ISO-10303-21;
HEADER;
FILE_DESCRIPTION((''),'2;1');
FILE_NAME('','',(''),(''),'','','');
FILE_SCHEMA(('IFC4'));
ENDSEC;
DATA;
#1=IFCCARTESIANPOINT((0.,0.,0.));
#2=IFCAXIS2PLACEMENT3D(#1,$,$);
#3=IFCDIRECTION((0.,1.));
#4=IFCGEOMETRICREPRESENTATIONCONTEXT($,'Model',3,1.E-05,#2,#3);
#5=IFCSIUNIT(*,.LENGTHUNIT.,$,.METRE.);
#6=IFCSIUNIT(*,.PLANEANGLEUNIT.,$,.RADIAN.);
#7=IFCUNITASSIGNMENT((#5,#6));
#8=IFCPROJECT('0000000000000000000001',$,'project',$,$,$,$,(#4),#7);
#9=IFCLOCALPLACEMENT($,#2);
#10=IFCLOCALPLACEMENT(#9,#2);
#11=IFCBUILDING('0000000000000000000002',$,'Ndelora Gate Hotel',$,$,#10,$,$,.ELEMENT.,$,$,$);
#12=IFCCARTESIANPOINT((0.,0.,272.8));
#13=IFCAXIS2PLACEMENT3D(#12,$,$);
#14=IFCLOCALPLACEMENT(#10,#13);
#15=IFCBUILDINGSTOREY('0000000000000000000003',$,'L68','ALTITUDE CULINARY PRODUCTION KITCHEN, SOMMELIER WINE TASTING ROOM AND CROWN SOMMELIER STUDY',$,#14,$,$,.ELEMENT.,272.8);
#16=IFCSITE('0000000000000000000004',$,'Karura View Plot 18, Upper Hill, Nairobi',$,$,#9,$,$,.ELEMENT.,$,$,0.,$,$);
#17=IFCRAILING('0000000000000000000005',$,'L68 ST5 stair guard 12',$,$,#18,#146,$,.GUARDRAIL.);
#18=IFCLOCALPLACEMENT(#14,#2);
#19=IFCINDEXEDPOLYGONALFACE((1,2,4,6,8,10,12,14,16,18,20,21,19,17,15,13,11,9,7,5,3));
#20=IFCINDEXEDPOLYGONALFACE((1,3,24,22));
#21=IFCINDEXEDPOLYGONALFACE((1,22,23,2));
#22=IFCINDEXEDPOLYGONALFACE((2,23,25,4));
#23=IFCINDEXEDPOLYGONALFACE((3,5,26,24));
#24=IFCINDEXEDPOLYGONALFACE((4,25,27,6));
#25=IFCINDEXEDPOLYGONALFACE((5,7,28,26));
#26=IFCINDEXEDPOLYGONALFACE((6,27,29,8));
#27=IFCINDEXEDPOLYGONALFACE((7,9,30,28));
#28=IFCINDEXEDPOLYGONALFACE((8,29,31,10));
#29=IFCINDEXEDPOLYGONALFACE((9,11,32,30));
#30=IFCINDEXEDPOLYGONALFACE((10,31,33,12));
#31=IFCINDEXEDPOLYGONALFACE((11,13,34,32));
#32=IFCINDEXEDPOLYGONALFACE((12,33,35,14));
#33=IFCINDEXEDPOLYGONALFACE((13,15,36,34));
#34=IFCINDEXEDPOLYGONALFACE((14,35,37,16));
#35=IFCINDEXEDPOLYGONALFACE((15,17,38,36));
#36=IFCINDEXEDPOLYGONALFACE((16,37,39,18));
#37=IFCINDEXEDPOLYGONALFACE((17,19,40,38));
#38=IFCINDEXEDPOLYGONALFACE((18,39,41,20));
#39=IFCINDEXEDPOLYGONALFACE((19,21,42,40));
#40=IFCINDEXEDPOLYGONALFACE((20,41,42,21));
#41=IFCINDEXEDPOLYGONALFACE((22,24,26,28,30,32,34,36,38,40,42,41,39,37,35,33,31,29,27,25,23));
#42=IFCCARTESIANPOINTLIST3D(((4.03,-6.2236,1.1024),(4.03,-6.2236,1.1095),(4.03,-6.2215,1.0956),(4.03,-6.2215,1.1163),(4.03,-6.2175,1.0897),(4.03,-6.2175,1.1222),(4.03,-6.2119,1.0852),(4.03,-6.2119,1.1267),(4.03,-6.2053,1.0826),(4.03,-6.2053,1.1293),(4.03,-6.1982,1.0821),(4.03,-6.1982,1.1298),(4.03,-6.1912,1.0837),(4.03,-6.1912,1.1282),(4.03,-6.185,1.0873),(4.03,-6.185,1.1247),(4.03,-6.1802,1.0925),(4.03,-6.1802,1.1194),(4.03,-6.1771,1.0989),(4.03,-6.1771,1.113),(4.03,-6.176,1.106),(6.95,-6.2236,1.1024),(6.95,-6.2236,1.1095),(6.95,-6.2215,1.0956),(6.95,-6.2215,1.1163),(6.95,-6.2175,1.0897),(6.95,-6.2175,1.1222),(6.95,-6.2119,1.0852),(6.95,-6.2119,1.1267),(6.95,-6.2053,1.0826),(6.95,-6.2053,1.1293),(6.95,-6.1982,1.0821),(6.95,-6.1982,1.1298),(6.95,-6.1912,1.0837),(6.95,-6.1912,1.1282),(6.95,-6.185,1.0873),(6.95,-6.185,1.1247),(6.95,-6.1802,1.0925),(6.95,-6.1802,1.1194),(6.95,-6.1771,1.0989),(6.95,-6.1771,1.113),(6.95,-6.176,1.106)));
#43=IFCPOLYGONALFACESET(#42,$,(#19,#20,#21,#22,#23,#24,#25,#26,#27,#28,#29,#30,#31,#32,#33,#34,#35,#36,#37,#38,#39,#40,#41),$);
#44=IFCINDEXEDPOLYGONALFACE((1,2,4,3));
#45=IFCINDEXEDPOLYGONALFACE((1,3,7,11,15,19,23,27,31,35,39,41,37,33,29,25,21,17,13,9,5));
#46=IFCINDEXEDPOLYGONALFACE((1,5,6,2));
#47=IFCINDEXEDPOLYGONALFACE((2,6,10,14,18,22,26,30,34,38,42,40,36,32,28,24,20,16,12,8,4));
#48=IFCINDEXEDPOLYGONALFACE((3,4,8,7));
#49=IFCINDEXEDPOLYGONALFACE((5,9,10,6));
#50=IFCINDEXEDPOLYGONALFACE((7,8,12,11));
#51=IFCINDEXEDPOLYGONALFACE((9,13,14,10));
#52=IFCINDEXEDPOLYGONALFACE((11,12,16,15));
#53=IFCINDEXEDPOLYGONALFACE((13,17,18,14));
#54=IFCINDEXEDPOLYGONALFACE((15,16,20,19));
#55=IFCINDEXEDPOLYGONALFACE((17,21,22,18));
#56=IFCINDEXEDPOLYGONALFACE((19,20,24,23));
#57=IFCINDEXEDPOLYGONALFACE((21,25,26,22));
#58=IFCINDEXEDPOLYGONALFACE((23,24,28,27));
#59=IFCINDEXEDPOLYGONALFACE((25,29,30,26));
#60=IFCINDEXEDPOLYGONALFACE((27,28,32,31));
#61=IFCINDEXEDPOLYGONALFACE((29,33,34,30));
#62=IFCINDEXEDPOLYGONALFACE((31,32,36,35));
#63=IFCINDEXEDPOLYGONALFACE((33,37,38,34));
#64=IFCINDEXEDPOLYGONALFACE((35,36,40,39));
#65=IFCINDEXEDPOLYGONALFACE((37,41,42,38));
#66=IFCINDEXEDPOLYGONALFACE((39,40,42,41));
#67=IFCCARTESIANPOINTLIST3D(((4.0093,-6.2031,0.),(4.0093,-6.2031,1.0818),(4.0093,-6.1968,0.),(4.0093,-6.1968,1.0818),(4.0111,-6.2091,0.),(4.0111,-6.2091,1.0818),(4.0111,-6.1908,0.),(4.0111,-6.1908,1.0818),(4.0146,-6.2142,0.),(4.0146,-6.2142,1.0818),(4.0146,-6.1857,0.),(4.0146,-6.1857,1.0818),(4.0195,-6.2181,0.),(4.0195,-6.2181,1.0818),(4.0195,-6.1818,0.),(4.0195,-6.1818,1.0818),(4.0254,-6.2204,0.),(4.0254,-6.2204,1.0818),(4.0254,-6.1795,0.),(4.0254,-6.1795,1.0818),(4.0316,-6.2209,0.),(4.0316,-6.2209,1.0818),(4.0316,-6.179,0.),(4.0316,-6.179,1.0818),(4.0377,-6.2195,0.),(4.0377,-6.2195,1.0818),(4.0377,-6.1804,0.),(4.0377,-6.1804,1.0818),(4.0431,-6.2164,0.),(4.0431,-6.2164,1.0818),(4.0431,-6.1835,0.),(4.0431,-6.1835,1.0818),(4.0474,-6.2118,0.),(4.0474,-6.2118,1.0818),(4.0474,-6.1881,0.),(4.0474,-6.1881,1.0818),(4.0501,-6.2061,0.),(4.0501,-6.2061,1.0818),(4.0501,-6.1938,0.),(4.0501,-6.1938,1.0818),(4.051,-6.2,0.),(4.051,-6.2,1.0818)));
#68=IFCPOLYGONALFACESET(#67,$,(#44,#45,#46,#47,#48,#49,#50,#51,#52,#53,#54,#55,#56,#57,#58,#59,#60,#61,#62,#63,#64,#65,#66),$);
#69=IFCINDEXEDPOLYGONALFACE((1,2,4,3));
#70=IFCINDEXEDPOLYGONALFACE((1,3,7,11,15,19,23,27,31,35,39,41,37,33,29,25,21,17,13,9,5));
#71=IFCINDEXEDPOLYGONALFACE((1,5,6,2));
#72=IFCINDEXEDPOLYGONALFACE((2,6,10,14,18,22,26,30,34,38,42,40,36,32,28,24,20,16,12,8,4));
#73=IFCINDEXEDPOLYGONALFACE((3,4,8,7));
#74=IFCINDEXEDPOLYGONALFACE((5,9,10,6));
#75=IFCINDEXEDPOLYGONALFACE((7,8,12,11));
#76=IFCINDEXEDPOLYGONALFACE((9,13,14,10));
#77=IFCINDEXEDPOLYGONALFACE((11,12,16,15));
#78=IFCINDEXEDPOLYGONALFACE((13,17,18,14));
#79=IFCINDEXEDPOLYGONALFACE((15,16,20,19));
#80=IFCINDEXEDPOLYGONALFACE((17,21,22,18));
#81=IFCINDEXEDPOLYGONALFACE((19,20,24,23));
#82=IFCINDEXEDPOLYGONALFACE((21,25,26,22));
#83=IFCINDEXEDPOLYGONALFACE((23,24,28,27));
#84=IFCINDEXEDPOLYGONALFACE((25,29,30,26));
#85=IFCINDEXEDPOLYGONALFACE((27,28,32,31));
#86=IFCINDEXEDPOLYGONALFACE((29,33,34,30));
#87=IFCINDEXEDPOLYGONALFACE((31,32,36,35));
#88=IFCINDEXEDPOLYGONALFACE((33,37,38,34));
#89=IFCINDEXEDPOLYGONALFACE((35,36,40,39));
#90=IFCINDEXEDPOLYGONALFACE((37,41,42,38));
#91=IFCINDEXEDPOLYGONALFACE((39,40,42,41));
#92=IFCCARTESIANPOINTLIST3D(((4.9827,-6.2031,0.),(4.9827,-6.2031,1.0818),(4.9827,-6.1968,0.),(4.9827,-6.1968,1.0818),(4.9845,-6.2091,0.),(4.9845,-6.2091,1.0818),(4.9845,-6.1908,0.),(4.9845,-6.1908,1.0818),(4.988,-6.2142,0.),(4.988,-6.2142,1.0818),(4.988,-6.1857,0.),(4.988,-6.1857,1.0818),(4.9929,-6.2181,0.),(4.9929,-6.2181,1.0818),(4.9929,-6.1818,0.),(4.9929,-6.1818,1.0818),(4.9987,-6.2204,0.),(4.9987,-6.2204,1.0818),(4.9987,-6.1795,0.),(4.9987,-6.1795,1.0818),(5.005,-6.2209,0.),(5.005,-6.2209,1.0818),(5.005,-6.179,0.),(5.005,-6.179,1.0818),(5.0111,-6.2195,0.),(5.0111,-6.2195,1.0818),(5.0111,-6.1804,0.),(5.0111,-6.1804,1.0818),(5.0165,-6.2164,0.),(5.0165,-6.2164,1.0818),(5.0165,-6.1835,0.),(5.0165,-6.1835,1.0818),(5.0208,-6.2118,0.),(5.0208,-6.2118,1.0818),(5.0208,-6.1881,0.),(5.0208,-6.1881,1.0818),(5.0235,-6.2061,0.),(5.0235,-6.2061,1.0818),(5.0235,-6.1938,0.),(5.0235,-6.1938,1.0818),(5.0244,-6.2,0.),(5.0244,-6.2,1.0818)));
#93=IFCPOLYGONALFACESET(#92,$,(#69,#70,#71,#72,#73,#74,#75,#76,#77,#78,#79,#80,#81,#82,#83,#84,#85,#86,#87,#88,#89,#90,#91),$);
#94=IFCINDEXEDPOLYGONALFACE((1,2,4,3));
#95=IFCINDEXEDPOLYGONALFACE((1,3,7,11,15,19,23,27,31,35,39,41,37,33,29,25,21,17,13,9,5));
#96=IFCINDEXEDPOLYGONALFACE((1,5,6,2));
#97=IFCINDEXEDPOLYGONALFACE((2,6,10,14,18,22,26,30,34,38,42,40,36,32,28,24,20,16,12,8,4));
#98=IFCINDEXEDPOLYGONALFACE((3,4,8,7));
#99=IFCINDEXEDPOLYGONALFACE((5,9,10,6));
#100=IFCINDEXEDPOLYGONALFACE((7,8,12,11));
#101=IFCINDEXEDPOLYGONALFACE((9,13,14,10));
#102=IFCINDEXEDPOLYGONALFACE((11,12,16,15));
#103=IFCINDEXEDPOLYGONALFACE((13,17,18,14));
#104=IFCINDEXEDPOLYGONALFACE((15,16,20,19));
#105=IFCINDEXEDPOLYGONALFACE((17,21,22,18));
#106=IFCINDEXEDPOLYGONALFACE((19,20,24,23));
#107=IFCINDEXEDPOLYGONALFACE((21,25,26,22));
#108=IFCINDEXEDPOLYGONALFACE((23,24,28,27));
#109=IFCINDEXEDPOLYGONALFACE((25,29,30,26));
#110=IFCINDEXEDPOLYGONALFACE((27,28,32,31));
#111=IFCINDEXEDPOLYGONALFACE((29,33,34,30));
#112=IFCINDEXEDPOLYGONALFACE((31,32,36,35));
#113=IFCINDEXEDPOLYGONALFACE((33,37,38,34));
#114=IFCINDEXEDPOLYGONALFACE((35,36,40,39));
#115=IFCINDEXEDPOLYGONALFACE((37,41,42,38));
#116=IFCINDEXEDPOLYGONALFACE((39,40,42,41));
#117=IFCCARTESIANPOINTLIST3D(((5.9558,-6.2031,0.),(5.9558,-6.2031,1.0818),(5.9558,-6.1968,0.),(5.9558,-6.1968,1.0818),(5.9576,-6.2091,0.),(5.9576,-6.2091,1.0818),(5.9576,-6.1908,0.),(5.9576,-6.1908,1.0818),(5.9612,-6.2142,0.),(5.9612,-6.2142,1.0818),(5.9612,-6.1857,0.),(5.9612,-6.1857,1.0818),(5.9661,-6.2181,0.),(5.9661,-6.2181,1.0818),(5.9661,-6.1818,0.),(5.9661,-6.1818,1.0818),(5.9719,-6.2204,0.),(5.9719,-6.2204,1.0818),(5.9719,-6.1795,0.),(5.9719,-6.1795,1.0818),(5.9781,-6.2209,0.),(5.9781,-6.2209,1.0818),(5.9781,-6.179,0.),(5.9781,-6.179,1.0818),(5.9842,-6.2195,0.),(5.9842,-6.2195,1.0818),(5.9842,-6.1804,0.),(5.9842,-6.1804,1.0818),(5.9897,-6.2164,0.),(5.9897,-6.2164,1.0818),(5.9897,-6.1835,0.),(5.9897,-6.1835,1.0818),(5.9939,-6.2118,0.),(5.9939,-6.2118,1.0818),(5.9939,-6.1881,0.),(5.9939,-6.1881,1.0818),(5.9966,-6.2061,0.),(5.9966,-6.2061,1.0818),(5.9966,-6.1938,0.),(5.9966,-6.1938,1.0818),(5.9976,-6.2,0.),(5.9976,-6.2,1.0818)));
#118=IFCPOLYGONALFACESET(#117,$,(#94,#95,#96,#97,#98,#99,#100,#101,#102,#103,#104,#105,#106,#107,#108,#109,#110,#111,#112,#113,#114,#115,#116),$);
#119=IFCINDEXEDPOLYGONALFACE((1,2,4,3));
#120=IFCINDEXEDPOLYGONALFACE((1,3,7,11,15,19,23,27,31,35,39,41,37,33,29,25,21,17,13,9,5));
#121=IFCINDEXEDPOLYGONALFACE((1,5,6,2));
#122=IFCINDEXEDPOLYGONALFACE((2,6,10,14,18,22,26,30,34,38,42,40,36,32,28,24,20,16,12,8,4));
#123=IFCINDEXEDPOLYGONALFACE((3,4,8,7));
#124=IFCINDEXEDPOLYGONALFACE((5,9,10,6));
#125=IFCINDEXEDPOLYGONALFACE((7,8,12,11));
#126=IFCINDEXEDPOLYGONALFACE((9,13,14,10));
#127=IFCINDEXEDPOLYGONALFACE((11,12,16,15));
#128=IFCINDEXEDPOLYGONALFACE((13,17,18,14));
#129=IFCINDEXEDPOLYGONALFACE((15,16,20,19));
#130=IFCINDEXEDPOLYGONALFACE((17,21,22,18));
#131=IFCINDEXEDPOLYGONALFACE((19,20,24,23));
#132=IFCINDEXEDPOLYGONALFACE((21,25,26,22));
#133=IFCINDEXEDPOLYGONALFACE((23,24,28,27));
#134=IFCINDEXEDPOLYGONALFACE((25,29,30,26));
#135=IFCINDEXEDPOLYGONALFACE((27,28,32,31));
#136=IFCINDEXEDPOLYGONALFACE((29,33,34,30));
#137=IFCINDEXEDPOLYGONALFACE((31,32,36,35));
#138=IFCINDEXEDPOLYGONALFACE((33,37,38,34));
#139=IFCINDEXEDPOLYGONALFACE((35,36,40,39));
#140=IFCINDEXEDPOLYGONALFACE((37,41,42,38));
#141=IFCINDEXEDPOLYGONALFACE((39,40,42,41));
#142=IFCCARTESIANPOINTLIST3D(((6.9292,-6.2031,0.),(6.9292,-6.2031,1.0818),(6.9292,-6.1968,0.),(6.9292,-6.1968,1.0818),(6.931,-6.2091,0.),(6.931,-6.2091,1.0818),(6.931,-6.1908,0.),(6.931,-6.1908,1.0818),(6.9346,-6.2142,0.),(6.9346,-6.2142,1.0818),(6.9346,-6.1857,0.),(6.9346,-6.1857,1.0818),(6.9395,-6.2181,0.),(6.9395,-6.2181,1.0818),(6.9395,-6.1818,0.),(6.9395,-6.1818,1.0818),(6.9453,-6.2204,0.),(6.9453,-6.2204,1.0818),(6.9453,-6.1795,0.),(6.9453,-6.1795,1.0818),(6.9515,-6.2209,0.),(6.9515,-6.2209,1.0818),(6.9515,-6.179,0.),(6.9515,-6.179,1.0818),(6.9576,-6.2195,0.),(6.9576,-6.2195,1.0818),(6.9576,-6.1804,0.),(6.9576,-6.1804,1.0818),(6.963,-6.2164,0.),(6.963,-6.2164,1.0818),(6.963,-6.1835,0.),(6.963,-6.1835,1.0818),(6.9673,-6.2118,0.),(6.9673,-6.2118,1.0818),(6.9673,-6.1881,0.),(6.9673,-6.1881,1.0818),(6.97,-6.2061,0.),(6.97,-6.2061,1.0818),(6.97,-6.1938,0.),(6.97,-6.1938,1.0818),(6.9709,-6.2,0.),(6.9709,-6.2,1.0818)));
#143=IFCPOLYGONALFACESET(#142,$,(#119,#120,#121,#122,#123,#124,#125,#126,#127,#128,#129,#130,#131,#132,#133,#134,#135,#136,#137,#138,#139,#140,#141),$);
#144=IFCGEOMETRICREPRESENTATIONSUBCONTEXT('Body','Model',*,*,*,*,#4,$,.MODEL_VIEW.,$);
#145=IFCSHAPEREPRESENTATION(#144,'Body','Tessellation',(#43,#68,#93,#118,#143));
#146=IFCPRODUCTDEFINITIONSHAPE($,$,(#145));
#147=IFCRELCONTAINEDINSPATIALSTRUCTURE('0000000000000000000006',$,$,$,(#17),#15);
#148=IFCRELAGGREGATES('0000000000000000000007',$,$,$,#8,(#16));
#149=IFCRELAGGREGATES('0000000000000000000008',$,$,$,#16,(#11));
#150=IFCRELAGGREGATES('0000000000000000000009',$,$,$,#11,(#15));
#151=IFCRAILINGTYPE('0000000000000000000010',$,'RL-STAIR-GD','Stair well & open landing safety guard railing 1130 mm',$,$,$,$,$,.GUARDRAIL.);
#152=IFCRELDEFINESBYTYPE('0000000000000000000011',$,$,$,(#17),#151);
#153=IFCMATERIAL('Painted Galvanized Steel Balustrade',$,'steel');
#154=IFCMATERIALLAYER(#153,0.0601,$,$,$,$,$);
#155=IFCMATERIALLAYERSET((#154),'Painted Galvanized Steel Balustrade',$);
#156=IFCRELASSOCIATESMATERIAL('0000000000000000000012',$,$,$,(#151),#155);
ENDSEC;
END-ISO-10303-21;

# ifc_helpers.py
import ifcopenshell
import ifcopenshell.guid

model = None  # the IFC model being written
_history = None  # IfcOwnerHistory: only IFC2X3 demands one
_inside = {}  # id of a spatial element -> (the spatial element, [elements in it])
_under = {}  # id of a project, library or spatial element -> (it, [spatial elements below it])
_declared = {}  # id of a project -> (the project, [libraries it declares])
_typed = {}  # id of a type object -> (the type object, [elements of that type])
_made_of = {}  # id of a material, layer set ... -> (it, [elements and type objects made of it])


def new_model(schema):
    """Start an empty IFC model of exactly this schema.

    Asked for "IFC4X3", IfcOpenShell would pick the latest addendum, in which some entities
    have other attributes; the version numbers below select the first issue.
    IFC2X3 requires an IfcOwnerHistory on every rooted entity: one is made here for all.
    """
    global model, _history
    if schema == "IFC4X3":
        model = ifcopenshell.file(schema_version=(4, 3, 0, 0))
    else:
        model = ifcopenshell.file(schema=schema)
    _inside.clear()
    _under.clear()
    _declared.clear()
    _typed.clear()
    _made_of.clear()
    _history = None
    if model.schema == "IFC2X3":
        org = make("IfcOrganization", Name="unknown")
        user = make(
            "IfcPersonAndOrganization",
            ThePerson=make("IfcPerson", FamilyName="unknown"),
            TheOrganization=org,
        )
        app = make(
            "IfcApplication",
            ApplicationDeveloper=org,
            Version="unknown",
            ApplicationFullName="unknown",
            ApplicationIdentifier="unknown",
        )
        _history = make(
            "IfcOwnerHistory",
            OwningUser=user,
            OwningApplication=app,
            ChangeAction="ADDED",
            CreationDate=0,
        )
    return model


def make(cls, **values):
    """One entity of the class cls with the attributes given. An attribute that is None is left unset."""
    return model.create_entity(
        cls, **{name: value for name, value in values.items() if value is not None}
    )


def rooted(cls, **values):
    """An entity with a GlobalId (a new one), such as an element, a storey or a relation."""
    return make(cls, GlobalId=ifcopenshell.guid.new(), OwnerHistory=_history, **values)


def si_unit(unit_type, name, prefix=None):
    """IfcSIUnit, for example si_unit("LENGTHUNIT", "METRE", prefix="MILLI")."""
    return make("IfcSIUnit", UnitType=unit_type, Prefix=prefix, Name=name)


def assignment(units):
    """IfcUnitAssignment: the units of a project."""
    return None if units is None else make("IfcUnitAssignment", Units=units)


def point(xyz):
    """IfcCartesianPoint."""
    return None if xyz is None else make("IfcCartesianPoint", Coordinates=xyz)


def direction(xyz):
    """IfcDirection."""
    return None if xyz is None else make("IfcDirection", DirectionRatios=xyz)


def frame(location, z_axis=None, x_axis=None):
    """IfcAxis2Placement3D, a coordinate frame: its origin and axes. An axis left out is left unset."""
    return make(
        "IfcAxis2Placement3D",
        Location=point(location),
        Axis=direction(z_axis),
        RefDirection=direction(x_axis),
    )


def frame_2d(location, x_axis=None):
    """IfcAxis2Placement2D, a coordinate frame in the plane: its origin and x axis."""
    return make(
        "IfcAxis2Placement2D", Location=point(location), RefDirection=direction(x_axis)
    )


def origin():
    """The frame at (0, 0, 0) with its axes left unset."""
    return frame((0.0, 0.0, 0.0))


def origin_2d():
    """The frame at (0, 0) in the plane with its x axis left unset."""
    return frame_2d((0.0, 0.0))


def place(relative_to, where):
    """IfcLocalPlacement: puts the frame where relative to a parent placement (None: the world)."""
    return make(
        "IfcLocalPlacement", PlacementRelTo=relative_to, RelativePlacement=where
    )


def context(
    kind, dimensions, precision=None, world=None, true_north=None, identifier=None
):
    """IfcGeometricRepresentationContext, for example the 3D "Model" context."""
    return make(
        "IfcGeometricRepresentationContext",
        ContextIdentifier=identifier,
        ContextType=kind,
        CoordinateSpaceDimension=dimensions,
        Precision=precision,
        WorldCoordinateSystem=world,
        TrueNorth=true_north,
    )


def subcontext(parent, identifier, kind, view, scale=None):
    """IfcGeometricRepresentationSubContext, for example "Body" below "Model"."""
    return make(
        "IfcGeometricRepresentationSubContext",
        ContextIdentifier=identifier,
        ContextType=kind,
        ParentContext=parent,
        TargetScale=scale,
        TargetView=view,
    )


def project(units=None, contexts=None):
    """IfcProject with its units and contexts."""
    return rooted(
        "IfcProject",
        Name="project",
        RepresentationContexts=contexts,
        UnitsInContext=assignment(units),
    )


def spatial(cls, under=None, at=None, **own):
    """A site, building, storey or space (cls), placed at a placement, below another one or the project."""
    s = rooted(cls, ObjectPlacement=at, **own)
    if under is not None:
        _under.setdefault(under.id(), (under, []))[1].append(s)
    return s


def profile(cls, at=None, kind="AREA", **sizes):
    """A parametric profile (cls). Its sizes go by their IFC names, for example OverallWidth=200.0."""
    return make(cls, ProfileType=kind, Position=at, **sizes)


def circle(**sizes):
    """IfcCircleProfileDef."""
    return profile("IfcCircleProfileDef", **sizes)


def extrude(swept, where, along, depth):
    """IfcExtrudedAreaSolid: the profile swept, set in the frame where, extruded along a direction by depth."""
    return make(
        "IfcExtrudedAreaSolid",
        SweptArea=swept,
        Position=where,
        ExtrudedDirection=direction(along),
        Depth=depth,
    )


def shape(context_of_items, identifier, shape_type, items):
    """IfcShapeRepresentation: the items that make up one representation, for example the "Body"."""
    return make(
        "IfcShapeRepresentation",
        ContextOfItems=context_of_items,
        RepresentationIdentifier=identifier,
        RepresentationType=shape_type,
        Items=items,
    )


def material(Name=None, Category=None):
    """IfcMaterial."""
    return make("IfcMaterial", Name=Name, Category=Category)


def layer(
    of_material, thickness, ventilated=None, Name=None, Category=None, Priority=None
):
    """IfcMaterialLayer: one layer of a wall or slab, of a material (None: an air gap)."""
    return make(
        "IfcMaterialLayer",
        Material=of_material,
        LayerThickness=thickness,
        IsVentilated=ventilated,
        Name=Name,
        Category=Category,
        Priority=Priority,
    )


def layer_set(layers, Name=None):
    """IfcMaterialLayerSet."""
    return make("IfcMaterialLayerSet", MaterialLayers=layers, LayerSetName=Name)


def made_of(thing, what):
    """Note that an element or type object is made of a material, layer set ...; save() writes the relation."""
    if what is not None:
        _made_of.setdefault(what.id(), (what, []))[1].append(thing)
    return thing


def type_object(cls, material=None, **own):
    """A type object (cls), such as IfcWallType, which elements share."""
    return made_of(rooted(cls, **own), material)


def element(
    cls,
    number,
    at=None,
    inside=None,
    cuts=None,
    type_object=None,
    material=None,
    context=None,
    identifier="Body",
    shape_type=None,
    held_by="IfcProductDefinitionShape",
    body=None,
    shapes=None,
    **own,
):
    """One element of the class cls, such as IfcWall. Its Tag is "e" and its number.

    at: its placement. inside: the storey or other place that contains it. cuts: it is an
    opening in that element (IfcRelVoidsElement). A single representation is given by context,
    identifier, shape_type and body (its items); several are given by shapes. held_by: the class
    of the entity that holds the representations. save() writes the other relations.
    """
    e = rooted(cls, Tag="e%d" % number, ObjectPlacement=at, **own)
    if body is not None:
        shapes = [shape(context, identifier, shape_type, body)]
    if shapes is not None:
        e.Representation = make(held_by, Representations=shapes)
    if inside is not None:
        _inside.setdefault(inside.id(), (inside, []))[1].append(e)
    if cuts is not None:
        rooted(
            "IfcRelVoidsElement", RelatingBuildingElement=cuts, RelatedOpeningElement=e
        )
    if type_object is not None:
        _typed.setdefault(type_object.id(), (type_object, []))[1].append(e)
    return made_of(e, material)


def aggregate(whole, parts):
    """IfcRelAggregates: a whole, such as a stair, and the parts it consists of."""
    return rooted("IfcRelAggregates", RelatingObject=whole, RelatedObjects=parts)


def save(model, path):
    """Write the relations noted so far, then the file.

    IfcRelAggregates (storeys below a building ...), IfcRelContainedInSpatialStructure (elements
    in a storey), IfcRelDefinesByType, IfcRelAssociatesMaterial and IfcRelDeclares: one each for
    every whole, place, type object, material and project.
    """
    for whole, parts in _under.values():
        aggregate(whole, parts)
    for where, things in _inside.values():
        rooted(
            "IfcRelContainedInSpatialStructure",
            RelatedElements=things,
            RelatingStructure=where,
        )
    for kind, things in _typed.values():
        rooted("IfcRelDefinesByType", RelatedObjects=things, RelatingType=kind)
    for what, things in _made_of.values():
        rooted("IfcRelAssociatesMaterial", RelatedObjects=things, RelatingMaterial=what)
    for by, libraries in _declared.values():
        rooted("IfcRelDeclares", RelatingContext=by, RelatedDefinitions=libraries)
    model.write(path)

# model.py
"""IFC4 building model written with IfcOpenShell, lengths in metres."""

from ifc_helpers import new_model, si_unit, direction, frame, origin, origin_2d, place, context, subcontext, project, spatial, circle, extrude, material, layer, layer_set, type_object, element, save


model = new_model("IFC4")

# Units and contexts
model_context = context("Model", 3, precision=1e-05, world=origin(), true_north=direction((0.0, 1.0)))
body_context = subcontext(model_context, "Body", "Model", "MODEL_VIEW")
ifc_project = project(units=[si_unit("LENGTHUNIT", "METRE"), si_unit("PLANEANGLEUNIT", "RADIAN")], contexts=[model_context])

# Site, building, storey
site_placement = place(None, origin())
site = spatial("IfcSite", under=ifc_project, at=site_placement, Name="Karura View Plot 18, Upper Hill, Nairobi", CompositionType="ELEMENT", RefElevation=0.0)
building_placement = place(site_placement, origin())
building = spatial("IfcBuilding", under=site, at=building_placement, Name="Ndelora Gate Hotel", CompositionType="ELEMENT")
storey_placement = place(building_placement, frame((0.0, 0.0, 272.8)))
storey = spatial("IfcBuildingStorey", under=building, at=storey_placement, Name="L68", Description="ALTITUDE CULINARY PRODUCTION KITCHEN, SOMMELIER WINE TASTING ROOM AND CROWN SOMMELIER STUDY", CompositionType="ELEMENT", Elevation=272.8)

# Railing
ifc_material_1 = material(Name="Painted Galvanized Steel Balustrade", Category="steel")
ifc_layer_1 = layer(ifc_material_1, 0.0601)
ifc_layer_set_1 = layer_set([ifc_layer_1], Name="Painted Galvanized Steel Balustrade")
railing_type_1 = type_object("IfcRailingType", Name="RL-STAIR-GD", Description="Stair well & open landing safety guard railing 1130 mm", PredefinedType="GUARDRAIL", material=ifc_layer_set_1)
railing_1_placement = place(storey_placement, frame((4.03, -6.2, 0.0)))
element("IfcRailing", 1, at=railing_1_placement, inside=storey, type_object=railing_type_1, Name="L68 ST5 stair guard 12", PredefinedType="GUARDRAIL", context=body_context, shape_type="SweptSolid", body=[
    extrude(circle(Radius=0.0239, at=origin_2d()), frame((0.0, 0.0, 1.106), z_axis=(1.0, 0.0, 0.0), x_axis=(0.0, 1.0, 0.0)), (0.0, 0.0, 1.0), 2.9199),
    extrude(circle(Radius=0.021, at=origin_2d()), origin(), (0.0, 0.0, 1.0), 1.0818),
    extrude(circle(Radius=0.021, at=origin_2d()), frame((0.9734, 0.0, 0.0)), (0.0, 0.0, 1.0), 1.0818),
    extrude(circle(Radius=0.021, at=origin_2d()), frame((1.9465, 0.0, 0.0)), (0.0, 0.0, 1.0), 1.0818),
    extrude(circle(Radius=0.021, at=origin_2d()), frame((2.9199, 0.0, 0.0)), (0.0, 0.0, 1.0), 1.0818),
])

save(model, "model.ifc")
